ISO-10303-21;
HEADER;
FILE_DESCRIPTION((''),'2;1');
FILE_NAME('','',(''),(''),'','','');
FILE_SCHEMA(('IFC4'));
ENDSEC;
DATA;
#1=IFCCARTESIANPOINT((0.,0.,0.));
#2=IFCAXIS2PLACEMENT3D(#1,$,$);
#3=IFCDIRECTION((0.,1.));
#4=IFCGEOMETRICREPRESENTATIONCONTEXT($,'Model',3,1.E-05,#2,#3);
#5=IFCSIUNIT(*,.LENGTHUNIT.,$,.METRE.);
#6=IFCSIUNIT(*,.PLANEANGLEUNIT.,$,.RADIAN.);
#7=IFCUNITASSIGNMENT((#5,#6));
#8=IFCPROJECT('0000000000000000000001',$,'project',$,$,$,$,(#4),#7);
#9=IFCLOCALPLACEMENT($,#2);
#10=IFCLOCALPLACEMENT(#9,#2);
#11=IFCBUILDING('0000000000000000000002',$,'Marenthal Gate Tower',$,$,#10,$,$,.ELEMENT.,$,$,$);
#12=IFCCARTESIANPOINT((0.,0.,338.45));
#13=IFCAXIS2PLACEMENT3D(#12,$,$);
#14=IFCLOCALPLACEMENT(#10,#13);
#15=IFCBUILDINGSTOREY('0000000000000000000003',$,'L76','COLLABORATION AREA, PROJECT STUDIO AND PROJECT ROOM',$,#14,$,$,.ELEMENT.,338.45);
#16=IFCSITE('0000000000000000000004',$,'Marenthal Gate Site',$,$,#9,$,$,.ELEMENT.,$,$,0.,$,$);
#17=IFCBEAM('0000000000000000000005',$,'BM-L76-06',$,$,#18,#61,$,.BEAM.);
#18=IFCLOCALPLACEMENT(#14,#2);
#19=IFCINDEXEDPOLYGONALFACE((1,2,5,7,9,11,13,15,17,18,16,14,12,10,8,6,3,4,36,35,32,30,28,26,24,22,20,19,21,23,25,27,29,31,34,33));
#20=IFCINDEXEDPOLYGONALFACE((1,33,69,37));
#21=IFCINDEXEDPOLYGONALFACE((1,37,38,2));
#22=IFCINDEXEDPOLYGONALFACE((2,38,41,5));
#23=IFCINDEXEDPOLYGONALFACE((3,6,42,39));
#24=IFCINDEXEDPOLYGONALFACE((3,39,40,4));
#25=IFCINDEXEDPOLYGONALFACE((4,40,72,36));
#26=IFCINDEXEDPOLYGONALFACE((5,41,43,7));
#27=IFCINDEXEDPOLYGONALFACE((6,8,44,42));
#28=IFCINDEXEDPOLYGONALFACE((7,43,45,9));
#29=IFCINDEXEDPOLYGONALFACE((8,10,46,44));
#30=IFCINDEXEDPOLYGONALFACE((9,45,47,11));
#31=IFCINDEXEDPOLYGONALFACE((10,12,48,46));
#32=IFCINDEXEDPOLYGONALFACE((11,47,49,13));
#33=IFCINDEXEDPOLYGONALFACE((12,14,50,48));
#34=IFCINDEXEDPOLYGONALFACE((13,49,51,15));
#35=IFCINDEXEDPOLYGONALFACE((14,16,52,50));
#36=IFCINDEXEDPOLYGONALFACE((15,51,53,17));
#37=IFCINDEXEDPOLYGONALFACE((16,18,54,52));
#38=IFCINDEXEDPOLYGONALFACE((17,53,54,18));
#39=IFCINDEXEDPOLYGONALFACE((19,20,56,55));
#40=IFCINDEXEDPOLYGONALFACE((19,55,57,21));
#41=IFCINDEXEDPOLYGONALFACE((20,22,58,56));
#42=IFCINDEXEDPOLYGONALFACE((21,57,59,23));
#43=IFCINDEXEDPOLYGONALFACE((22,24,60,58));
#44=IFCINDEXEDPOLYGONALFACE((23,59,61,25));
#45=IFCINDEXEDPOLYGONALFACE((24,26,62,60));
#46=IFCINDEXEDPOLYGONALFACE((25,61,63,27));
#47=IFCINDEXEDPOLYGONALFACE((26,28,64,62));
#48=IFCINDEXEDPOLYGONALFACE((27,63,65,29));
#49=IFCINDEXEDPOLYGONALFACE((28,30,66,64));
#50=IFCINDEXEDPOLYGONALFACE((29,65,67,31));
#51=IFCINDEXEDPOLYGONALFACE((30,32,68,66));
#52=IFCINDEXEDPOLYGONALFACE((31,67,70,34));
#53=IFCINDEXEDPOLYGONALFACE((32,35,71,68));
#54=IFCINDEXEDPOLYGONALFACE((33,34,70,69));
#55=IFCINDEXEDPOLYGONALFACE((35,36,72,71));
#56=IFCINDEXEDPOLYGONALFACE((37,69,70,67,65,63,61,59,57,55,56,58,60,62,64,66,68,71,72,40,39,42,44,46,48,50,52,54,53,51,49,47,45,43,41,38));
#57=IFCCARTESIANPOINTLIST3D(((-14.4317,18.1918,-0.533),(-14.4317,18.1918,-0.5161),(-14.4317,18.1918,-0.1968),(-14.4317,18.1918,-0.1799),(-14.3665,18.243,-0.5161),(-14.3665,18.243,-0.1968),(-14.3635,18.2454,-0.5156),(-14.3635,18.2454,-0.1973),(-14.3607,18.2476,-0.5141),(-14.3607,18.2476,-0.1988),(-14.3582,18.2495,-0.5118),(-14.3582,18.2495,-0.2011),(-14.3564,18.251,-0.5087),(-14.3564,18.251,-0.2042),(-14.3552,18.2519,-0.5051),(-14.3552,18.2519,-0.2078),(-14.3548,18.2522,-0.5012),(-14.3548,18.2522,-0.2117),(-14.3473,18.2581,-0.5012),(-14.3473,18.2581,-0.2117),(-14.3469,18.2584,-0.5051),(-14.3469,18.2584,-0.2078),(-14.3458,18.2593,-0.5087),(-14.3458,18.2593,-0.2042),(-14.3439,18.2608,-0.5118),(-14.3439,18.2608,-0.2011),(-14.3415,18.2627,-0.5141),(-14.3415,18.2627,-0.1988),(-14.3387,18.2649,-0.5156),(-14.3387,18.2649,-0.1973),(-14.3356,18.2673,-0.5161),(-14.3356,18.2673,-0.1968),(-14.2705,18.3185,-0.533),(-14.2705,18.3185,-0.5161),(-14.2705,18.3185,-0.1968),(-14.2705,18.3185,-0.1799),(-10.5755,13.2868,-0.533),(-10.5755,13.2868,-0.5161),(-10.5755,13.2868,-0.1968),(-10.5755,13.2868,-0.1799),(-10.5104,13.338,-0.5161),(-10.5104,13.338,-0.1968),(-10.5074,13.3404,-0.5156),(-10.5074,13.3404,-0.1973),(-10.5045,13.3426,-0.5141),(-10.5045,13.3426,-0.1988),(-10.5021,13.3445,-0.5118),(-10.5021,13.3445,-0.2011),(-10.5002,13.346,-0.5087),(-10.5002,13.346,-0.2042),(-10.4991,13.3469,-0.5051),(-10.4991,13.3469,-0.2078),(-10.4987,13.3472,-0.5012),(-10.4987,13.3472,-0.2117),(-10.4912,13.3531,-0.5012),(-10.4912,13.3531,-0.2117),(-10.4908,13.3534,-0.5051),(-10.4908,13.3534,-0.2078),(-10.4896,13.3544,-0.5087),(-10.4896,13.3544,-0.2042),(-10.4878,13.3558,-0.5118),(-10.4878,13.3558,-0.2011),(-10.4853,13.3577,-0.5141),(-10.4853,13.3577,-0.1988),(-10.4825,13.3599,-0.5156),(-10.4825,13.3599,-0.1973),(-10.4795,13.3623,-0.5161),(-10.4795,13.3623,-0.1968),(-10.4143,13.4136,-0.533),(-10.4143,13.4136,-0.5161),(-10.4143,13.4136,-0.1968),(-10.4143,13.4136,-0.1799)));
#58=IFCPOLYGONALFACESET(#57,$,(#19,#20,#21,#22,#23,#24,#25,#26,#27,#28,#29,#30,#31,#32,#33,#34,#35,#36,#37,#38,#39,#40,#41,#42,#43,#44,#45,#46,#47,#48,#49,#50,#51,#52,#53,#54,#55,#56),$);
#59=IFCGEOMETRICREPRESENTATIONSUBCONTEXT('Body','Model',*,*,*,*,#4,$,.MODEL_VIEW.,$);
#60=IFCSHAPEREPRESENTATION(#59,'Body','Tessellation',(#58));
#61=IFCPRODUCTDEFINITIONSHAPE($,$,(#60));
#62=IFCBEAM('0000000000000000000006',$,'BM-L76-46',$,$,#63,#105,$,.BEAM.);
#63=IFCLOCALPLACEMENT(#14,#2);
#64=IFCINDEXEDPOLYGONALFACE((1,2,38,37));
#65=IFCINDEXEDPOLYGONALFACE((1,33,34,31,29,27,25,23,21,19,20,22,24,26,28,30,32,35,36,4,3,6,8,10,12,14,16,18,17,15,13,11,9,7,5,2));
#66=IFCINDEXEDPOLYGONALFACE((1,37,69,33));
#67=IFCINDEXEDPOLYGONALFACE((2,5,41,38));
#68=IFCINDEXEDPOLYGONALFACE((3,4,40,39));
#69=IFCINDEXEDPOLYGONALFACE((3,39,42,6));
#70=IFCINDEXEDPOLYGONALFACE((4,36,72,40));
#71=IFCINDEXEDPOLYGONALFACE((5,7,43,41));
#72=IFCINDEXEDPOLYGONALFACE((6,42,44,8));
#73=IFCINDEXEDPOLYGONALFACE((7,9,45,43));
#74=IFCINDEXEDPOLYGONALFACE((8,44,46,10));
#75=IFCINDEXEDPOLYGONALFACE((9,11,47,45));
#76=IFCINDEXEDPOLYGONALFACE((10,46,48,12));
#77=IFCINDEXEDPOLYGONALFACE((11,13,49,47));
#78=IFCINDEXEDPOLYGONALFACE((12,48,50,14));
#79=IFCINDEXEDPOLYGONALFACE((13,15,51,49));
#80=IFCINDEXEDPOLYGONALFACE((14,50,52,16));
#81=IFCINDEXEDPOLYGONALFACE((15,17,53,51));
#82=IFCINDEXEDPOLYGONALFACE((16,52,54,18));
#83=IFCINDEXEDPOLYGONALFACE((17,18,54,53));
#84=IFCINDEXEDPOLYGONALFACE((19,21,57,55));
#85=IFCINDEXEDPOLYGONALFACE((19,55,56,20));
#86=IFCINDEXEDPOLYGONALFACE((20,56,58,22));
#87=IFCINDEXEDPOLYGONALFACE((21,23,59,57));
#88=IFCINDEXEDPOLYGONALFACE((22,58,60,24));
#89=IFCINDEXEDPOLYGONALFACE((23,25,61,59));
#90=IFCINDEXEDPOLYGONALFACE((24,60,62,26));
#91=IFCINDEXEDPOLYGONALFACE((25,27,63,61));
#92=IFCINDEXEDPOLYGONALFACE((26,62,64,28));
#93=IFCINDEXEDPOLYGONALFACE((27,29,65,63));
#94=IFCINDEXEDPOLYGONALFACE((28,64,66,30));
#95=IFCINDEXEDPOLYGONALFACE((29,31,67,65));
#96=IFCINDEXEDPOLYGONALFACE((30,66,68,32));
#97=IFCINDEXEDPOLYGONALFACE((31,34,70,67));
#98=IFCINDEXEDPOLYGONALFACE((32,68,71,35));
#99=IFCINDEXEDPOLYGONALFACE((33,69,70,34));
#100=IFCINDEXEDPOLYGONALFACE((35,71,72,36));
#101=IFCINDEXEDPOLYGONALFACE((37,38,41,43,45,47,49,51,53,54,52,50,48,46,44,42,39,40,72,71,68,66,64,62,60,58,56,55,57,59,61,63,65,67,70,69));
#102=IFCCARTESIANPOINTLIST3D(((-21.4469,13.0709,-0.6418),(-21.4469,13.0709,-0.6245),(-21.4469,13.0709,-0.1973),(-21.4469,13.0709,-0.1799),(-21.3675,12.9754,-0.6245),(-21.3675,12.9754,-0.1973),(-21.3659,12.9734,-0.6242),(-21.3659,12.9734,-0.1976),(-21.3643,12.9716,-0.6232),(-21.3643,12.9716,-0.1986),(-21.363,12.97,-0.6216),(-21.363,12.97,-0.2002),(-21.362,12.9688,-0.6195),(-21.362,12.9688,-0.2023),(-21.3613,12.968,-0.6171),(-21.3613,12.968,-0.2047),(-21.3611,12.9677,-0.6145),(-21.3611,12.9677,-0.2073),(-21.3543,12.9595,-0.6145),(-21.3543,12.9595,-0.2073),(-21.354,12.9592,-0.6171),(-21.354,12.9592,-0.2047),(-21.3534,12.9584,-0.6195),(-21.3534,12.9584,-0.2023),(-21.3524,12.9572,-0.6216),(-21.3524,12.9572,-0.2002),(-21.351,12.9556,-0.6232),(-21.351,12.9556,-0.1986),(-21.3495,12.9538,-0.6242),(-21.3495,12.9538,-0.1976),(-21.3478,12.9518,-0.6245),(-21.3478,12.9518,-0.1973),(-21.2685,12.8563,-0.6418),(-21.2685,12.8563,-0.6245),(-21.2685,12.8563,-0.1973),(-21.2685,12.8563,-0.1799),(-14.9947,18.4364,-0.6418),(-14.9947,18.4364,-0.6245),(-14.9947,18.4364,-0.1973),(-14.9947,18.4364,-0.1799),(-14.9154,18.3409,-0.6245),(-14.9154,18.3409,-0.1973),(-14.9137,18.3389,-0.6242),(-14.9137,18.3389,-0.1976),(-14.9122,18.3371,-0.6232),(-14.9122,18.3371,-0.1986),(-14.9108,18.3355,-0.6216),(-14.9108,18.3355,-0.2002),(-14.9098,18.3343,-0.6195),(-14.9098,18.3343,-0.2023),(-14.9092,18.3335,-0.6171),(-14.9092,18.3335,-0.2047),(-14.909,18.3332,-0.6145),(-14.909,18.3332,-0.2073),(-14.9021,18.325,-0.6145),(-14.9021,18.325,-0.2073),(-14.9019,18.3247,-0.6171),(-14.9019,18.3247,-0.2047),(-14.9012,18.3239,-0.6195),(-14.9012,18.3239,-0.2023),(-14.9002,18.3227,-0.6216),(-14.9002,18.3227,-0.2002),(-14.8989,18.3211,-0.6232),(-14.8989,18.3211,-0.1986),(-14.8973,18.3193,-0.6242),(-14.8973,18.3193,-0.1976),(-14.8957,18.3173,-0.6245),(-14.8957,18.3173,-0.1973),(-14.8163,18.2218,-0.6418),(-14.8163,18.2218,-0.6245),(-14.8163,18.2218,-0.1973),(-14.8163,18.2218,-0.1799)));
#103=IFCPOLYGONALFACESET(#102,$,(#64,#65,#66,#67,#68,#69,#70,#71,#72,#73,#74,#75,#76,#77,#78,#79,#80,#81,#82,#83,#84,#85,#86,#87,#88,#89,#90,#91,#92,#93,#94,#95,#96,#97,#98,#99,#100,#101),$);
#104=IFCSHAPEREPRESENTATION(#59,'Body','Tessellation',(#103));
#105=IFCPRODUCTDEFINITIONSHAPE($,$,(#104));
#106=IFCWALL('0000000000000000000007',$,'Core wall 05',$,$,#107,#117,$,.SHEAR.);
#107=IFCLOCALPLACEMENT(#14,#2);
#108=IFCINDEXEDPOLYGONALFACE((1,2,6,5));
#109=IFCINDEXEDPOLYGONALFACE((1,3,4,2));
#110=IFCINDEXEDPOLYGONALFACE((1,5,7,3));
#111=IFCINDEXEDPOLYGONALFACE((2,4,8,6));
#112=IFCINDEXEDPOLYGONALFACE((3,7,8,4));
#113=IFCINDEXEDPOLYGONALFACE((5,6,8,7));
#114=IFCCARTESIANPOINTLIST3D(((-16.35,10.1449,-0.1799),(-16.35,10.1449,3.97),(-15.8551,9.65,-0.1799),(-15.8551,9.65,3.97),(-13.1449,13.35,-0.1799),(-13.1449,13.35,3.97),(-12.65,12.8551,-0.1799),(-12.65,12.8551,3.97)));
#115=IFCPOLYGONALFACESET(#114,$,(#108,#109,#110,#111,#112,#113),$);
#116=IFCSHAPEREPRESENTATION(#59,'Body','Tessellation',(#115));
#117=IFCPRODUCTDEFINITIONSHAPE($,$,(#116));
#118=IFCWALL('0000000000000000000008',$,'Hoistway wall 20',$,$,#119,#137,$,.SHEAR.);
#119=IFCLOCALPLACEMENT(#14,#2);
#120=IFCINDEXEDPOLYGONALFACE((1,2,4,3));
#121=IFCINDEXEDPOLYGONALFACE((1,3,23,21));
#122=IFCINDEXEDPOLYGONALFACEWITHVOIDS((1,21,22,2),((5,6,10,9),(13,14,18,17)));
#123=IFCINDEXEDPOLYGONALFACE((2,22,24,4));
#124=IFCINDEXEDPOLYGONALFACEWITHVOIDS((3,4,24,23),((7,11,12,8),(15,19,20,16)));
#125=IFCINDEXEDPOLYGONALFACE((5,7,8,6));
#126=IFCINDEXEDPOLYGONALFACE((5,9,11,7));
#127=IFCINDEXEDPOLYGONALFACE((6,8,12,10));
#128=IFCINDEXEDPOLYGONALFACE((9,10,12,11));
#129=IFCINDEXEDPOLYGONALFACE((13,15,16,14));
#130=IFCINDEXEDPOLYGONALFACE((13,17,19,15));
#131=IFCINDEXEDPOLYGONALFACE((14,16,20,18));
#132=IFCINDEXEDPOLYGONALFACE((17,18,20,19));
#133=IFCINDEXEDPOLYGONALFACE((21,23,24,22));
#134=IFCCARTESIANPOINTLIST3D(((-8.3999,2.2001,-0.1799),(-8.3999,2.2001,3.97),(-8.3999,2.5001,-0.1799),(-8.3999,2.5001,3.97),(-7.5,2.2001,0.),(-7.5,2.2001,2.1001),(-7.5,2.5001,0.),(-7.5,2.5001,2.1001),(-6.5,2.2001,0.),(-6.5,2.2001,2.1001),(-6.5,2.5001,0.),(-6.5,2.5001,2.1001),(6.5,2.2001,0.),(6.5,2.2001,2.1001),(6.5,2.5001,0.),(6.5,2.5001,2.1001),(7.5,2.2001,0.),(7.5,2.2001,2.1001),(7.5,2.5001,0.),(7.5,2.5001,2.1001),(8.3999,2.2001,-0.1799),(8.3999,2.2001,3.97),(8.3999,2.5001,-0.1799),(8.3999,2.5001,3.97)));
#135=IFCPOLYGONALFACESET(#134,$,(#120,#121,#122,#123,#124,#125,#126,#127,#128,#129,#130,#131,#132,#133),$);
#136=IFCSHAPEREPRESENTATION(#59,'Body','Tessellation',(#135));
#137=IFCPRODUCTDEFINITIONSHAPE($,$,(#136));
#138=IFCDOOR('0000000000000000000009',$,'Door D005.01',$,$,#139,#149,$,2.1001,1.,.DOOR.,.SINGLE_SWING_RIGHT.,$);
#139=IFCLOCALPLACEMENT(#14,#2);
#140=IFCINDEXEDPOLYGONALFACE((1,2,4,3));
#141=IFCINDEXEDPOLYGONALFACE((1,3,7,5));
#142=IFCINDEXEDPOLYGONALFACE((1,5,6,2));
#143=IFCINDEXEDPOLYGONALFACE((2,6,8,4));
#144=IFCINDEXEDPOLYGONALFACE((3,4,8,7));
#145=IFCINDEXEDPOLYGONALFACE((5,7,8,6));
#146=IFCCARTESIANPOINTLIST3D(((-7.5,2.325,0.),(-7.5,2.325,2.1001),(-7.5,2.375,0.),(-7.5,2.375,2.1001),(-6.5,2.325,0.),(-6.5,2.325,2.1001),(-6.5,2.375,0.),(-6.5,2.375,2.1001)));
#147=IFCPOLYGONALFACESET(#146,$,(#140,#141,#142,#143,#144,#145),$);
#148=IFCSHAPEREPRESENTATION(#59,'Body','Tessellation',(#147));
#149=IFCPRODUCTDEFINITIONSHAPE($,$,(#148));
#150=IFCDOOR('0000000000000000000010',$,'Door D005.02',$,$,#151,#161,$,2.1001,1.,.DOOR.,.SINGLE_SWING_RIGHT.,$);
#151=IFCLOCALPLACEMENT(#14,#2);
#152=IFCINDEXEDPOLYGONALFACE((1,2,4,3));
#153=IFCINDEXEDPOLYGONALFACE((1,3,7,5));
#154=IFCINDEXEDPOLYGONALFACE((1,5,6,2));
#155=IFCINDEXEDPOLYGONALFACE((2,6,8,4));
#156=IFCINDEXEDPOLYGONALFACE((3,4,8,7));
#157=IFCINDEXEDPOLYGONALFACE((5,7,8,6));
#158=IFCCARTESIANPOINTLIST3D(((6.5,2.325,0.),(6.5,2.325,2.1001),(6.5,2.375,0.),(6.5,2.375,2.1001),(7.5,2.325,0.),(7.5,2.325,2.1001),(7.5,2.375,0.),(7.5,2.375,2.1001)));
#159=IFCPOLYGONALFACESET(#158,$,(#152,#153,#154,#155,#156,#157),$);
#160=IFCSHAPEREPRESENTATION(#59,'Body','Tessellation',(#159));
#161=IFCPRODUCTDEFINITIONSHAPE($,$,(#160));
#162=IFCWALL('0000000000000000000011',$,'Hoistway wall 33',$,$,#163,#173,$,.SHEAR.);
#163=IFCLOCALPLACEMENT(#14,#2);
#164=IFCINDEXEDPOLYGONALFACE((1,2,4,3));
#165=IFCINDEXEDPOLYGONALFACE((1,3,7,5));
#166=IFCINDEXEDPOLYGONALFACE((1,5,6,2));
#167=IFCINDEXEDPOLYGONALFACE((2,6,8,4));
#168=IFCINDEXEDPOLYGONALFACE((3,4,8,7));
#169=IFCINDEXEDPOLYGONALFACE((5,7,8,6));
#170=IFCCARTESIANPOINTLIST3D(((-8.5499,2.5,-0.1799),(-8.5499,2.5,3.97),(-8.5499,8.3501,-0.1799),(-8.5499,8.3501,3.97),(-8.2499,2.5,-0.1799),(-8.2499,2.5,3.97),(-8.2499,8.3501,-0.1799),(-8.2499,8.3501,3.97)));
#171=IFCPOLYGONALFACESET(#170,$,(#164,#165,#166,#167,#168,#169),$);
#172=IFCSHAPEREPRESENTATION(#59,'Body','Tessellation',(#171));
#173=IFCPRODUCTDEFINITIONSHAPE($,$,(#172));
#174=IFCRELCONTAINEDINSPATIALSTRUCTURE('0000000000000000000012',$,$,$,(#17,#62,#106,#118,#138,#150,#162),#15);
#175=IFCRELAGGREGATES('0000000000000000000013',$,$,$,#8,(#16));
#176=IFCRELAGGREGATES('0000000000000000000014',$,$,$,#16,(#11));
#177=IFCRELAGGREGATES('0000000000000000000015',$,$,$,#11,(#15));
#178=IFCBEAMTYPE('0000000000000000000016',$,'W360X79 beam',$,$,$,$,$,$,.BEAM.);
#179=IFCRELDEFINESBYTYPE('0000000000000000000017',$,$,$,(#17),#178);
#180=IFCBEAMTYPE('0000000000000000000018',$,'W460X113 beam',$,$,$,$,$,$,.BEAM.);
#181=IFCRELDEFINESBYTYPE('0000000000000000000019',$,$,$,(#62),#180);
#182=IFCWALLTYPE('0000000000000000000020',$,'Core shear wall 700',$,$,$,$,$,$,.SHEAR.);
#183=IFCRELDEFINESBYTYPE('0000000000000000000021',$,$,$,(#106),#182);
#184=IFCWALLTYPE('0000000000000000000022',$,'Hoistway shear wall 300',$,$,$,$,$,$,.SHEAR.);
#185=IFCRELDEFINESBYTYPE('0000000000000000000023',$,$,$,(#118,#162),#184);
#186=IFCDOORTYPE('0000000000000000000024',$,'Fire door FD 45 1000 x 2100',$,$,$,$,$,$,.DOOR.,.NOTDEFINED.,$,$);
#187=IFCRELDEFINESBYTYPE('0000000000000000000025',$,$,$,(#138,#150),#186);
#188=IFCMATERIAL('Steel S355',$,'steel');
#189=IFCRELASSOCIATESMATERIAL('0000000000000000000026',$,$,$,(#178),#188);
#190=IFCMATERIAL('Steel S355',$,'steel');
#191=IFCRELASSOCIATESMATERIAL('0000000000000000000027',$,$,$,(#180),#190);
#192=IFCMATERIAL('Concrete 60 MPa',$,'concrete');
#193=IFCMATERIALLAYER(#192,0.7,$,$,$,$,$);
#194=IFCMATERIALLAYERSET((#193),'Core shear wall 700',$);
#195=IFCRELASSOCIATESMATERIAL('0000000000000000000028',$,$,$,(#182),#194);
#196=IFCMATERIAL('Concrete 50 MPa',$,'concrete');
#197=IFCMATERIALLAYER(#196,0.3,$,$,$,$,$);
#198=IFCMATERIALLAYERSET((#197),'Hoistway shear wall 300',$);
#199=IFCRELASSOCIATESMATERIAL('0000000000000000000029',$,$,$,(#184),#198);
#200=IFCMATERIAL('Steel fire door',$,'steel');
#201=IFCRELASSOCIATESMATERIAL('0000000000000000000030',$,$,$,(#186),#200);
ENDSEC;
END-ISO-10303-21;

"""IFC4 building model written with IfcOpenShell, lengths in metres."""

from ifc_helpers import new_model, si_unit, direction, frame, frame_2d, origin, origin_2d, place, context, subcontext, project, spatial, rectangle, i_section, extrude, material, layer, layer_set, material_profile, profile_set, type_object, element, fill, save


model = new_model("IFC4")

# Units and contexts
model_context = context("Model", 3, precision=1e-05, world=origin(), true_north=direction((0.0, 1.0)))
body_context = subcontext(model_context, "Body", "Model", "MODEL_VIEW")
ifc_project = project(units=[si_unit("LENGTHUNIT", "METRE"), si_unit("PLANEANGLEUNIT", "RADIAN")], contexts=[model_context])

# Site, building, storey
site_placement = place(None, origin())
site = spatial("IfcSite", under=ifc_project, at=site_placement, Name="Marenthal Gate Site", CompositionType="ELEMENT", RefElevation=0.0)
building_placement = place(site_placement, origin())
building = spatial("IfcBuilding", under=site, at=building_placement, Name="Marenthal Gate Tower", CompositionType="ELEMENT")
storey_placement = place(building_placement, frame((0.0, 0.0, 338.45)))
storey = spatial("IfcBuildingStorey", under=building, at=storey_placement, Name="L76", Description="COLLABORATION AREA, PROJECT STUDIO AND PROJECT ROOM", CompositionType="ELEMENT", Elevation=338.45)

# Beams
ifc_material_1 = material(Name="Steel S355", Category="steel")
ifc_material_profile_1 = material_profile(ifc_material_1, i_section(OverallWidth=0.2051, OverallDepth=0.353, WebThickness=0.0095, FlangeThickness=0.0168, FilletRadius=0.0149, at=origin_2d()), Name="W360X79")
ifc_profile_set_1 = profile_set([ifc_material_profile_1], Name="Steel S355")
beam_type_1 = type_object("IfcBeamType", Name="W360X79 beam", PredefinedType="BEAM", material=ifc_profile_set_1)
beam_1_placement = place(storey_placement, frame((-14.3511, 18.2551, -0.3564), z_axis=(0.618044, -0.786143, 0.0), x_axis=(0.786143, 0.618044, 0.0)))
element("IfcBeam", 1, at=beam_1_placement, inside=storey, type_object=beam_type_1, Name="BM-L76-06", PredefinedType="BEAM", context=body_context, shape_type="SweptSolid", body=[
    extrude(i_section(OverallWidth=0.2051, OverallDepth=0.353, WebThickness=0.0095, FlangeThickness=0.0168, FilletRadius=0.0149, at=origin_2d()), origin(), (0.0, 0.0, 1.0), 6.2393),
])
ifc_material_2 = material(Name="Steel S355", Category="steel")
ifc_material_profile_2 = material_profile(ifc_material_2, i_section(OverallWidth=0.2791, OverallDepth=0.4619, WebThickness=0.0107, FlangeThickness=0.0173, FilletRadius=0.01, at=origin_2d()), Name="W460X113")
ifc_profile_set_2 = profile_set([ifc_material_profile_2], Name="Steel S355")
beam_type_2 = type_object("IfcBeamType", Name="W460X113 beam", PredefinedType="BEAM", material=ifc_profile_set_2)
beam_2_placement = place(storey_placement, frame((-14.9055, 18.3291, -0.4109), z_axis=(-0.768884, -0.639389, 0.0), x_axis=(0.639389, -0.768884, 0.0)))
element("IfcBeam", 2, at=beam_2_placement, inside=storey, type_object=beam_type_2, Name="BM-L76-46", PredefinedType="BEAM", context=body_context, shape_type="SweptSolid", body=[
    extrude(i_section(OverallWidth=0.2791, OverallDepth=0.4619, WebThickness=0.0107, FlangeThickness=0.0173, FilletRadius=0.01, at=origin_2d()), origin(), (0.0, 0.0, 1.0), 8.3916),
])

# Wall
ifc_material_3 = material(Name="Concrete 60 MPa", Category="concrete")
ifc_layer_1 = layer(ifc_material_3, 0.7)
ifc_layer_set_1 = layer_set([ifc_layer_1], Name="Core shear wall 700")
wall_type_1 = type_object("IfcWallType", Name="Core shear wall 700", PredefinedType="SHEAR", material=ifc_layer_set_1)
wall_1_placement = place(storey_placement, frame((-12.8975, 13.1025, -0.1799), z_axis=(0.0, 0.0, 1.0), x_axis=(-0.707107, -0.707107, 0.0)))
element("IfcWall", 3, at=wall_1_placement, inside=storey, type_object=wall_type_1, Name="Core wall 05", PredefinedType="SHEAR", context=body_context, shape_type="SweptSolid", body=[
    extrude(rectangle(XDim=4.5327, YDim=0.7, at=frame_2d((2.2664, 0.0))), origin(), (0.0, 0.0, 1.0), 4.1499),
])

# Wall, openings, doors
ifc_material_4 = material(Name="Concrete 50 MPa", Category="concrete")
ifc_layer_2 = layer(ifc_material_4, 0.3)
ifc_layer_set_2 = layer_set([ifc_layer_2], Name="Hoistway shear wall 300")
wall_type_2 = type_object("IfcWallType", Name="Hoistway shear wall 300", PredefinedType="SHEAR", material=ifc_layer_set_2)
wall_2_placement = place(storey_placement, frame((-8.3999, 2.3501, -0.1799), z_axis=(0.0, 0.0, 1.0), x_axis=(1.0, 0.0, 0.0)))
wall_2 = element("IfcWall", 4, at=wall_2_placement, inside=storey, type_object=wall_type_2, Name="Hoistway wall 20", PredefinedType="SHEAR", context=body_context, shape_type="SweptSolid", body=[
    extrude(rectangle(XDim=16.7998, YDim=0.3, at=frame_2d((8.3999, 0.0))), origin(), (0.0, 0.0, 1.0), 4.1499),
])
opening_1_placement = place(wall_2_placement, frame((0.8999, 0.0, 0.1799)))
opening_1 = element("IfcOpeningElement", 5, at=opening_1_placement, cuts=wall_2, PredefinedType="OPENING", context=body_context, shape_type="SweptSolid", body=[
    extrude(rectangle(XDim=1.0, YDim=2.1001, at=frame_2d((0.5, 1.05))), frame((0.0, 0.1602, 0.0), z_axis=(0.0, -1.0, 0.0), x_axis=(1.0, 0.0, 0.0)), (0.0, 0.0, 1.0), 0.3201),
])
opening_2_placement = place(wall_2_placement, frame((14.8999, 0.0, 0.1799)))
opening_2 = element("IfcOpeningElement", 6, at=opening_2_placement, cuts=wall_2, PredefinedType="OPENING", context=body_context, shape_type="SweptSolid", body=[
    extrude(rectangle(XDim=1.0, YDim=2.1001, at=frame_2d((0.5, 1.05))), frame((0.0, 0.1602, 0.0), z_axis=(0.0, -1.0, 0.0), x_axis=(1.0, 0.0, 0.0)), (0.0, 0.0, 1.0), 0.3201),
])
ifc_material_5 = material(Name="Steel fire door", Category="steel")
door_type_1 = type_object("IfcDoorType", Name="Fire door FD 45 1000 x 2100", OperationType="NOTDEFINED", PredefinedType="DOOR", material=ifc_material_5)
door_1_placement = place(opening_1_placement, origin())
door_1 = element("IfcDoor", 7, at=door_1_placement, inside=storey, type_object=door_type_1, Name="Door D005.01", OperationType="SINGLE_SWING_RIGHT", OverallHeight=2.1001, OverallWidth=1.0, PredefinedType="DOOR", context=body_context, shape_type="SweptSolid", body=[
    extrude(rectangle(XDim=1.0, YDim=2.1001, at=frame_2d((0.5, 1.05))), frame((0.0, 0.0249, 0.0), z_axis=(0.0, -1.0, 0.0), x_axis=(1.0, 0.0, 0.0)), (0.0, 0.0, 1.0), 0.05),
])
fill(opening_1, door_1)
door_2_placement = place(opening_2_placement, origin())
door_2 = element("IfcDoor", 8, at=door_2_placement, inside=storey, type_object=door_type_1, Name="Door D005.02", OperationType="SINGLE_SWING_RIGHT", OverallHeight=2.1001, OverallWidth=1.0, PredefinedType="DOOR", context=body_context, shape_type="SweptSolid", body=[
    extrude(rectangle(XDim=1.0, YDim=2.1001, at=frame_2d((0.5, 1.05))), frame((0.0, 0.0249, 0.0), z_axis=(0.0, -1.0, 0.0), x_axis=(1.0, 0.0, 0.0)), (0.0, 0.0, 1.0), 0.05),
])
fill(opening_2, door_2)

# Wall
wall_3_placement = place(storey_placement, frame((-8.3999, 2.5, -0.1799), z_axis=(0.0, 0.0, 1.0), x_axis=(0.0, 1.0, 0.0)))
element("IfcWall", 9, at=wall_3_placement, inside=storey, type_object=wall_type_2, Name="Hoistway wall 33", PredefinedType="SHEAR", context=body_context, shape_type="SweptSolid", body=[
    extrude(rectangle(XDim=5.8501, YDim=0.3, at=frame_2d((2.925, 0.0))), origin(), (0.0, 0.0, 1.0), 4.1499),
])

save(model, "model.ifc")
